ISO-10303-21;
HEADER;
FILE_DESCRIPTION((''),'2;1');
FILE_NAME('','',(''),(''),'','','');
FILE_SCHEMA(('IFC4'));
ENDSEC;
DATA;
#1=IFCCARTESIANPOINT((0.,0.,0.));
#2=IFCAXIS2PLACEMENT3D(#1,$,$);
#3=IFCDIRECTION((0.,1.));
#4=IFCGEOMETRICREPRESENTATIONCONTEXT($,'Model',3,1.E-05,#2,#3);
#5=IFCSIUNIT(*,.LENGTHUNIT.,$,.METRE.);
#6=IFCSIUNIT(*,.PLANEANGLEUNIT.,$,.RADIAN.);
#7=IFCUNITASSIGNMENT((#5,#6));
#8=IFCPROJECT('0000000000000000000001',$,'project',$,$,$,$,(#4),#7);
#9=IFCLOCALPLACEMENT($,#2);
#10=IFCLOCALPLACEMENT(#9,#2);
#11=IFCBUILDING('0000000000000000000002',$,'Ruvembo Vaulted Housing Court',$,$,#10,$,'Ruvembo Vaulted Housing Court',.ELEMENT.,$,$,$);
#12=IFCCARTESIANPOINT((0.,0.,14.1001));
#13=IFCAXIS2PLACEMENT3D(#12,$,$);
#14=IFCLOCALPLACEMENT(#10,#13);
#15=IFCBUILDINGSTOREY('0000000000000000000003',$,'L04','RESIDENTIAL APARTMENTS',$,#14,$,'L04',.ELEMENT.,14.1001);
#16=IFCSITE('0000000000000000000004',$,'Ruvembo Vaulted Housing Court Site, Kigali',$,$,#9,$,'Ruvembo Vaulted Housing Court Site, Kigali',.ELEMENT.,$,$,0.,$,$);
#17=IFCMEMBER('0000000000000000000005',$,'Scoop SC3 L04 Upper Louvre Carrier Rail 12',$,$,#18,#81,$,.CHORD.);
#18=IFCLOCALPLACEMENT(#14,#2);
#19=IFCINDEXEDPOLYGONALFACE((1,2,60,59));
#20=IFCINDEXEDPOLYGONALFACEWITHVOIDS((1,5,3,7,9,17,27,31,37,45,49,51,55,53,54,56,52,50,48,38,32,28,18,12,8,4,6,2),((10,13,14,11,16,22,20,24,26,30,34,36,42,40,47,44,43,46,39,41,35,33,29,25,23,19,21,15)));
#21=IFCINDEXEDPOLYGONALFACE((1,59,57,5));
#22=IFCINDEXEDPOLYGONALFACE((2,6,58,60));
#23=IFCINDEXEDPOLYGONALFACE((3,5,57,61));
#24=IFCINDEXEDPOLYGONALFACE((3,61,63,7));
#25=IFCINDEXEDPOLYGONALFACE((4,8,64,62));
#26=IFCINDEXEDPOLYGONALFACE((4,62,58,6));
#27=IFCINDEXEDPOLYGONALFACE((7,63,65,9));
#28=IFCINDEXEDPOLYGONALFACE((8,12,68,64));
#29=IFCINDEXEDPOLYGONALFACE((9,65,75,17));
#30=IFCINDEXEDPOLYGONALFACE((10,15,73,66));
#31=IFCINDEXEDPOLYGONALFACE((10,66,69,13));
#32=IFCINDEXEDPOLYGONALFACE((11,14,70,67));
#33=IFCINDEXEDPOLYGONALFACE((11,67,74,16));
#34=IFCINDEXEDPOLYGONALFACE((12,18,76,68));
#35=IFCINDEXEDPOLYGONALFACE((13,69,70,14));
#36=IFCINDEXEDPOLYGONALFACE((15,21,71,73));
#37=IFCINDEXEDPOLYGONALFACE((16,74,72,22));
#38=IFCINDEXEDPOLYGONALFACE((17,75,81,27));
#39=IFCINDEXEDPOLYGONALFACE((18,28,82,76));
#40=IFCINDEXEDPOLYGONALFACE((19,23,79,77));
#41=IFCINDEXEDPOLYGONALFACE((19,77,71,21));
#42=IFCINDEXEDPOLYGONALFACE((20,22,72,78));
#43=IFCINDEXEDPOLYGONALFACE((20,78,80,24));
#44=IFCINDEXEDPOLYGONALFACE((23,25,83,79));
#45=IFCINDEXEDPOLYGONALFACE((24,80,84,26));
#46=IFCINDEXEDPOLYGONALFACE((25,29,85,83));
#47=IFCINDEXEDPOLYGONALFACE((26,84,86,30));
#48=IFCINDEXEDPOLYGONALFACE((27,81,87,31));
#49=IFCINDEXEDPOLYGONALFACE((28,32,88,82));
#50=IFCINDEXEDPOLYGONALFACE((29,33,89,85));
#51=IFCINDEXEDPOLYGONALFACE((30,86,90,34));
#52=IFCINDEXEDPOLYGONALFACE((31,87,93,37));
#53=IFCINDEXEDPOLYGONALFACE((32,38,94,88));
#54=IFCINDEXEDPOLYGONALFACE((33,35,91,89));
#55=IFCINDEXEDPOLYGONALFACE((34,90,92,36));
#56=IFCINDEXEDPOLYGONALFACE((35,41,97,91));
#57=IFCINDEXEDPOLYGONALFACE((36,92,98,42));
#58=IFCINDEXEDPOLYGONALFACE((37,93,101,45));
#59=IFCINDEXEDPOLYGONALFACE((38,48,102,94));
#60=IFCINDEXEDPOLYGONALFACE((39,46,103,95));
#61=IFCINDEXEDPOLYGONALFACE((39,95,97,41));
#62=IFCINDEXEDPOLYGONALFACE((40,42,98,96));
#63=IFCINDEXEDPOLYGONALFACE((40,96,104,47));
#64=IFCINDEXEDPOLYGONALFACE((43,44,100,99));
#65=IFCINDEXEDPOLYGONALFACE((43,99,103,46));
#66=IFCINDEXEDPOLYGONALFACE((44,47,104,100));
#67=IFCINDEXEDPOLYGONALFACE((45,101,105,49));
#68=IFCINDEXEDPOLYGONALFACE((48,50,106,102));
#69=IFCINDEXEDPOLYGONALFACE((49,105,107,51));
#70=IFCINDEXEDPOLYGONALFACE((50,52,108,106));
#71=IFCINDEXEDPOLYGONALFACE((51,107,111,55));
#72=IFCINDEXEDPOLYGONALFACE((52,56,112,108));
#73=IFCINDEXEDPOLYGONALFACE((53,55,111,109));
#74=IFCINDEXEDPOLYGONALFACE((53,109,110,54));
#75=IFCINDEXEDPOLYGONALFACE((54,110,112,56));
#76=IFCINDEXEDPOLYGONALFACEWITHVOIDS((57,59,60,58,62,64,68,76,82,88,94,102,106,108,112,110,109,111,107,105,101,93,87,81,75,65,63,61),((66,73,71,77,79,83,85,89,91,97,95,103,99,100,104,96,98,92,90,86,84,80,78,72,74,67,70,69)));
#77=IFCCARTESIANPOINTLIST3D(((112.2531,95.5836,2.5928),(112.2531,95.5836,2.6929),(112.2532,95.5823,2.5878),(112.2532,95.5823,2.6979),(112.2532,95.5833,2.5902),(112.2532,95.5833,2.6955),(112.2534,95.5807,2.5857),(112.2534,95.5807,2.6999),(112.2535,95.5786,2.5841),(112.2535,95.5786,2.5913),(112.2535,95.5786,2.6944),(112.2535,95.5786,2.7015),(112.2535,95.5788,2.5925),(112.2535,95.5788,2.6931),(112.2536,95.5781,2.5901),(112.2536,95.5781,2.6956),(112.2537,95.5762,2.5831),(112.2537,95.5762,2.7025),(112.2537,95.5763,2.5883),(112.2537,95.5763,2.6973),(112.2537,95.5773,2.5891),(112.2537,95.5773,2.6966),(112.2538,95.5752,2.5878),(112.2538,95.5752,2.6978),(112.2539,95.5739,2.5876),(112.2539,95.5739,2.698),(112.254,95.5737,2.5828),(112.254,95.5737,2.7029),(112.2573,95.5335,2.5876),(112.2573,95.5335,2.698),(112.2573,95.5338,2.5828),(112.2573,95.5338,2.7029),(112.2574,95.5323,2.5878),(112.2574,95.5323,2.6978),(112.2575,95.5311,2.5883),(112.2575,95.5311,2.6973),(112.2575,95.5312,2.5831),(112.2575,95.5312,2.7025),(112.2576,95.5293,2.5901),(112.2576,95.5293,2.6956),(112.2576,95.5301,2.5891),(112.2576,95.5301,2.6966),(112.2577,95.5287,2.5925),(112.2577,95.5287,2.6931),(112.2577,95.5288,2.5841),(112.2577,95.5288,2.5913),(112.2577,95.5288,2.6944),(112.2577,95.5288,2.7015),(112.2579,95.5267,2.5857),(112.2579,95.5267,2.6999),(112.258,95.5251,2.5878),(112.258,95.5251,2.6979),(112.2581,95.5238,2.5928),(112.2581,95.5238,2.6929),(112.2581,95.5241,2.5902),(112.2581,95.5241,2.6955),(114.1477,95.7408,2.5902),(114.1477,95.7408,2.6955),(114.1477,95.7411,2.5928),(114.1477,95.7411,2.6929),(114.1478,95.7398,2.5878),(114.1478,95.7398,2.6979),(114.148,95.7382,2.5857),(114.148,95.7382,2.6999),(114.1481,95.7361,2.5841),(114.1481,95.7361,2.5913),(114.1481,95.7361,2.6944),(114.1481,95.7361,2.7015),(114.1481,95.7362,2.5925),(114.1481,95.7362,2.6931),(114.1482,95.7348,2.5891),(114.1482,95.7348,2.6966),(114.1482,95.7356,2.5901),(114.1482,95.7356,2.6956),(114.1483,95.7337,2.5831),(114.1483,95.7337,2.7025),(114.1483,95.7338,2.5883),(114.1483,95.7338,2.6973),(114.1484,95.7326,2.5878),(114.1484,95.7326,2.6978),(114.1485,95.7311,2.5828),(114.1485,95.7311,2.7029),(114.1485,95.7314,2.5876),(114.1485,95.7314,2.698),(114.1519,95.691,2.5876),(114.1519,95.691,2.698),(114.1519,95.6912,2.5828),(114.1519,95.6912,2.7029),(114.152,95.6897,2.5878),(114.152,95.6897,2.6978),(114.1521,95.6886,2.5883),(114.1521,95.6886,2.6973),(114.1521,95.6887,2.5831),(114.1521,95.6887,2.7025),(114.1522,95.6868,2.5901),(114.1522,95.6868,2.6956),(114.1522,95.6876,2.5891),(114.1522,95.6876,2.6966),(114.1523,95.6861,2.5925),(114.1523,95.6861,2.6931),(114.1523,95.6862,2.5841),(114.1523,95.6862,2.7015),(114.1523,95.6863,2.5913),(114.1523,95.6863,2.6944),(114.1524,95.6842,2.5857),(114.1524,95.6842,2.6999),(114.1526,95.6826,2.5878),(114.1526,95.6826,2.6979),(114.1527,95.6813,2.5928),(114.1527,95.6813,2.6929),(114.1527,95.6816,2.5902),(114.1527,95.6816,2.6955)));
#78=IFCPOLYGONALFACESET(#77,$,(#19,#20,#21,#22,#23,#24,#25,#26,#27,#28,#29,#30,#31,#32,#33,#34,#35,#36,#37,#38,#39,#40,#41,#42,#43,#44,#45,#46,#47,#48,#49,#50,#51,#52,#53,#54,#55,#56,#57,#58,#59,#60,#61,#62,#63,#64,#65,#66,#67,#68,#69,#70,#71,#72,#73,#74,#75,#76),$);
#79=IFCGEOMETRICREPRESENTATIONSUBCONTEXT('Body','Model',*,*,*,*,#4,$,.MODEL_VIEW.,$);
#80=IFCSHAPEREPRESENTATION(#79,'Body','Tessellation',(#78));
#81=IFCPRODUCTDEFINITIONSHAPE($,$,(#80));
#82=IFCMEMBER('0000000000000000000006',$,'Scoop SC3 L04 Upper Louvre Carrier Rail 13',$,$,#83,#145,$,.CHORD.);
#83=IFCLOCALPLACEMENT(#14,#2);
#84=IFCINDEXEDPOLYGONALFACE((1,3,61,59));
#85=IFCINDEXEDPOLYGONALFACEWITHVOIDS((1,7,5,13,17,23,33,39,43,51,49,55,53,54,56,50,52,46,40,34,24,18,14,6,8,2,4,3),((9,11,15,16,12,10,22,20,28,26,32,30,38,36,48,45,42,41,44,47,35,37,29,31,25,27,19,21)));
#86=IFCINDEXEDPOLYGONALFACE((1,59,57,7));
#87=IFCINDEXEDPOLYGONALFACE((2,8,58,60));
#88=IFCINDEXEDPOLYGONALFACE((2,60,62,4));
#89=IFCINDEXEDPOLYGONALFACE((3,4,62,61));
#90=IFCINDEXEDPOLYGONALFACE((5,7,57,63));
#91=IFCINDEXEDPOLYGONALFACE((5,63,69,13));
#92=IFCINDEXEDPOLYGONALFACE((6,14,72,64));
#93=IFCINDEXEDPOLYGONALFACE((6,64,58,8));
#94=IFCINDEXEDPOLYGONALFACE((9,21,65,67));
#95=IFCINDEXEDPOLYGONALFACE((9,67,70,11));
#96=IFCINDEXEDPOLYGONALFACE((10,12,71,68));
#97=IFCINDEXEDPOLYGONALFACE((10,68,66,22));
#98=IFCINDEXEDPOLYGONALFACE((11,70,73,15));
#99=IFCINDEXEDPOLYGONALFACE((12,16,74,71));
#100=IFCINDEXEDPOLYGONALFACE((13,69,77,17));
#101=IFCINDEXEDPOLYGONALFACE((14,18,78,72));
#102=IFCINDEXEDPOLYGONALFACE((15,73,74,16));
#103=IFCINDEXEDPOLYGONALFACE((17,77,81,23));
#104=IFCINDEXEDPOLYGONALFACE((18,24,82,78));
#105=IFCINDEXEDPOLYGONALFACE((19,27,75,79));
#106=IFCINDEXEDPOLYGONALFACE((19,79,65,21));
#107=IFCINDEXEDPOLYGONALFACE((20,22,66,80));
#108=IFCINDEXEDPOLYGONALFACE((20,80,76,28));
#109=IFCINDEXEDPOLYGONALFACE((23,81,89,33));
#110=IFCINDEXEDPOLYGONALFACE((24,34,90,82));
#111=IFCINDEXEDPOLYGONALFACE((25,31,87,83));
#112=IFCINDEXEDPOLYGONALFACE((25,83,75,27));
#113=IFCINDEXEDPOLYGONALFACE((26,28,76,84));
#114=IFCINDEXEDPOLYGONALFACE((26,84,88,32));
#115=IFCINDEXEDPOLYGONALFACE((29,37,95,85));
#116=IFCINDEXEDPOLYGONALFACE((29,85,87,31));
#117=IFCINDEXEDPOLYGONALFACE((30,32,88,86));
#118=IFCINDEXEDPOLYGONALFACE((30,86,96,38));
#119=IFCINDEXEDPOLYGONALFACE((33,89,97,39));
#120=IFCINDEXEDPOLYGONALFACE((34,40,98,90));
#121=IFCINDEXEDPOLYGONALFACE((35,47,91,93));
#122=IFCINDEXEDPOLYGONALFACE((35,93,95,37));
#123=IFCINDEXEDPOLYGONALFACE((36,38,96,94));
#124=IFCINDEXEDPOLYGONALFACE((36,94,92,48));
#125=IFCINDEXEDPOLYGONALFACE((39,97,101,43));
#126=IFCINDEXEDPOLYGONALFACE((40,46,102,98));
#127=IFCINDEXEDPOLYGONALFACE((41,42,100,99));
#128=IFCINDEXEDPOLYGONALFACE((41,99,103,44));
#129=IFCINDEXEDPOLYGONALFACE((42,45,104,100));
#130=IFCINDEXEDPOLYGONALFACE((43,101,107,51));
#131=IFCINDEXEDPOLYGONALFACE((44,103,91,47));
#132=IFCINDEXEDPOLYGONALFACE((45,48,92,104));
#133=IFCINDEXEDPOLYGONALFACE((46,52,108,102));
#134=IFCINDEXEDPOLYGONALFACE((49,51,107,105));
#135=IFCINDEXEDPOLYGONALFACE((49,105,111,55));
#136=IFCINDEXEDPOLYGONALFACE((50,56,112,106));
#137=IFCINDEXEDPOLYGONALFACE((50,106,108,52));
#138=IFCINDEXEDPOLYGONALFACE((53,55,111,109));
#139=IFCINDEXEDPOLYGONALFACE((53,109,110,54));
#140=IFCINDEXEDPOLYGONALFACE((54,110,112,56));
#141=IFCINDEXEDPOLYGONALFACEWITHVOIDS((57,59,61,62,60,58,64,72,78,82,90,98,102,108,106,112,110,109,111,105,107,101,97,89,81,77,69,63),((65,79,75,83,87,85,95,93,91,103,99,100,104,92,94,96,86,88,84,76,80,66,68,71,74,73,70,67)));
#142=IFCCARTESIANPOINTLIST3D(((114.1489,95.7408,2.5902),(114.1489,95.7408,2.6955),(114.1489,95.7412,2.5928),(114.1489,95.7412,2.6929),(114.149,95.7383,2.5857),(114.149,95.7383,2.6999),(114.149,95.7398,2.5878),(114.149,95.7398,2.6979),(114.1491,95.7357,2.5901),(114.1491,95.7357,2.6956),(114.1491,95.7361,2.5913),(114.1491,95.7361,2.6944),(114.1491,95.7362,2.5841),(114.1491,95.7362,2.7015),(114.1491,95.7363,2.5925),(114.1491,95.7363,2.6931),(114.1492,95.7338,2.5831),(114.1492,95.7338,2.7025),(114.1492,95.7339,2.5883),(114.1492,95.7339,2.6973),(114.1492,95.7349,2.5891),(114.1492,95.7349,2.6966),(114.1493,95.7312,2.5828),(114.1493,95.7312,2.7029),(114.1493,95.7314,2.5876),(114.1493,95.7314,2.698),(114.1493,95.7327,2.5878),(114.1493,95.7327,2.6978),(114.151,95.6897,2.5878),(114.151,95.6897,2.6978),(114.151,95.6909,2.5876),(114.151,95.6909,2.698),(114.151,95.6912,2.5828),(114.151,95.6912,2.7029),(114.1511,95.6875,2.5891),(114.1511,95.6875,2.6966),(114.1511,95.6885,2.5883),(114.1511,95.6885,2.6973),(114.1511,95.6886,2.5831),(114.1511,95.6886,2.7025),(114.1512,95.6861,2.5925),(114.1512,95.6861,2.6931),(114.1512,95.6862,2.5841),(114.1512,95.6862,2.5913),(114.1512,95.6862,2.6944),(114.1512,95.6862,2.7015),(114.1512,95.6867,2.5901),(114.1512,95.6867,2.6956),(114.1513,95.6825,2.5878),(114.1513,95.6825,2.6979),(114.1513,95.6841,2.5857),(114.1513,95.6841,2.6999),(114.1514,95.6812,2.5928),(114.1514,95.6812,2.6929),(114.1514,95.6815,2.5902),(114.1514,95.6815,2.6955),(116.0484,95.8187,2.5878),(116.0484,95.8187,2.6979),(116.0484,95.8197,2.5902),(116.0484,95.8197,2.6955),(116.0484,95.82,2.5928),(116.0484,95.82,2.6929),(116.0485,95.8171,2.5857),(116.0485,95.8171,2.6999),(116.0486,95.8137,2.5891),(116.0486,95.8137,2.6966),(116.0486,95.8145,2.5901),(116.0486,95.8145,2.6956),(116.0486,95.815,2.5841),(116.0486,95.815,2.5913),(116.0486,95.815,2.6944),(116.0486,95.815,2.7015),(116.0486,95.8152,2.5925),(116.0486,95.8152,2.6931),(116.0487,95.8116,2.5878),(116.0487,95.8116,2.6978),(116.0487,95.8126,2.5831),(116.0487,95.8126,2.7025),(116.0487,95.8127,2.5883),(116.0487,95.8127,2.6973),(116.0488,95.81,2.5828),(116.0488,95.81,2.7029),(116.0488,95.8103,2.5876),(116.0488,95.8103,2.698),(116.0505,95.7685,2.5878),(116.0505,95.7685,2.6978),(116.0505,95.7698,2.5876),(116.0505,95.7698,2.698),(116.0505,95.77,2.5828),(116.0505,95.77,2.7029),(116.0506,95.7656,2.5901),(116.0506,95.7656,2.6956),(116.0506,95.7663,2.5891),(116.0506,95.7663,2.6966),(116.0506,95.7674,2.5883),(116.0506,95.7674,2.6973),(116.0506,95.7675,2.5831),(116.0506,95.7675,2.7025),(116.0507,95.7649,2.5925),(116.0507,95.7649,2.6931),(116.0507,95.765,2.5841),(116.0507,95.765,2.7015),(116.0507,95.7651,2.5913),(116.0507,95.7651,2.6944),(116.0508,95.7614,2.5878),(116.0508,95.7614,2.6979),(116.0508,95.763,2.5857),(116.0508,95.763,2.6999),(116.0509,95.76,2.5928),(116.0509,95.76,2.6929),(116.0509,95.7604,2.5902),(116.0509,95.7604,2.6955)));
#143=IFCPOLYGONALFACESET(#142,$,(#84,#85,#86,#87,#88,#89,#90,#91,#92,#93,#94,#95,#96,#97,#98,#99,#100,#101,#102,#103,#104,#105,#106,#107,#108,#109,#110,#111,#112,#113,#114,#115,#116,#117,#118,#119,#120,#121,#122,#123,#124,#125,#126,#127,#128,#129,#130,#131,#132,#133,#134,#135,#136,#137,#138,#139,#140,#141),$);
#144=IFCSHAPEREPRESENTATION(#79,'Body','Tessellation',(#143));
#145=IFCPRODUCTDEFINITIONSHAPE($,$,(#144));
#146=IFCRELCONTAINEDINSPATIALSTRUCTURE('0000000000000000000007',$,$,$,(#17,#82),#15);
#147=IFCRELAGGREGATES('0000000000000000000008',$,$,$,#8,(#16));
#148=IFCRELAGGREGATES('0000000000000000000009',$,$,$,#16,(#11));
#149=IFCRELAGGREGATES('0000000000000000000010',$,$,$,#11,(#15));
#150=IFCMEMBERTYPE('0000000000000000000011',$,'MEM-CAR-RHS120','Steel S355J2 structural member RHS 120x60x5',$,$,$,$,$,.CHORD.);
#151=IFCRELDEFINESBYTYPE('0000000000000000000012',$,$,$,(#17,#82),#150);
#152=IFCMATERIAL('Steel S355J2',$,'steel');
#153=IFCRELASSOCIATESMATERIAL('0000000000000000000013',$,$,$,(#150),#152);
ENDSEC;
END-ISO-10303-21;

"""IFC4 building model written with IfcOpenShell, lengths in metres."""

from ifc_helpers import new_model, si_unit, direction, frame, origin, origin_2d, place, context, subcontext, project, spatial, hollow_rectangle, extrude, material, material_profile, profile_set, type_object, element, save


model = new_model("IFC4")

# Units and contexts
model_context = context("Model", 3, precision=1e-05, world=origin(), true_north=direction((0.0, 1.0)))
body_context = subcontext(model_context, "Body", "Model", "MODEL_VIEW")
ifc_project = project(units=[si_unit("LENGTHUNIT", "METRE"), si_unit("PLANEANGLEUNIT", "RADIAN")], contexts=[model_context])

# Site, building, storey
site_placement = place(None, origin())
site = spatial("IfcSite", under=ifc_project, at=site_placement, Name="Ruvembo Vaulted Housing Court Site, Kigali", LongName="Ruvembo Vaulted Housing Court Site, Kigali", CompositionType="ELEMENT", RefElevation=0.0)
building_placement = place(site_placement, origin())
building = spatial("IfcBuilding", under=site, at=building_placement, Name="Ruvembo Vaulted Housing Court", LongName="Ruvembo Vaulted Housing Court", CompositionType="ELEMENT")
storey_placement = place(building_placement, frame((0.0, 0.0, 14.1001)))
storey = spatial("IfcBuildingStorey", under=building, at=storey_placement, Name="L04", Description="RESIDENTIAL APARTMENTS", LongName="L04", CompositionType="ELEMENT", Elevation=14.1001)

# Shared definitions
ifc_material_1 = material(Name="Steel S355J2", Category="steel")

# Members
ifc_material_profile_1 = material_profile(ifc_material_1, hollow_rectangle(XDim=0.0601, YDim=0.1201, WallThickness=0.0049, InnerFilletRadius=0.0049, OuterFilletRadius=0.01, at=origin_2d()), Name="RHS 120x60x5")
ifc_profile_set_1 = profile_set([ifc_material_profile_1], Name="Steel S355J2")
member_type_1 = type_object("IfcMemberType", Name="MEM-CAR-RHS120", Description="Steel S355J2 structural member RHS 120x60x5", PredefinedType="CHORD", material=ifc_profile_set_1)
for number, where, z_axis, x_axis, name in (
    (1, (112.2556, 95.5537, 2.6428), (0.996563, 0.082833, 0.0), (-0.082833, 0.996563, 0.0), "Scoop SC3 L04 Upper Louvre Carrier Rail 12"),
    (2, (114.1501, 95.7112, 2.6428), (0.999139, 0.041481, 0.0), (-0.041481, 0.999139, 0.0), "Scoop SC3 L04 Upper Louvre Carrier Rail 13"),
):
    element("IfcMember", number, at=place(storey_placement, frame(where, z_axis=z_axis, x_axis=x_axis)), inside=storey, type_object=member_type_1, Name=name, PredefinedType="CHORD", context=body_context, shape_type="SweptSolid", body=[
        extrude(hollow_rectangle(XDim=0.0601, YDim=0.1201, WallThickness=0.0049, InnerFilletRadius=0.0049, OuterFilletRadius=0.01, at=origin_2d()), origin(), (0.0, 0.0, 1.0), 1.9011),
    ])

save(model, "model.ifc")
